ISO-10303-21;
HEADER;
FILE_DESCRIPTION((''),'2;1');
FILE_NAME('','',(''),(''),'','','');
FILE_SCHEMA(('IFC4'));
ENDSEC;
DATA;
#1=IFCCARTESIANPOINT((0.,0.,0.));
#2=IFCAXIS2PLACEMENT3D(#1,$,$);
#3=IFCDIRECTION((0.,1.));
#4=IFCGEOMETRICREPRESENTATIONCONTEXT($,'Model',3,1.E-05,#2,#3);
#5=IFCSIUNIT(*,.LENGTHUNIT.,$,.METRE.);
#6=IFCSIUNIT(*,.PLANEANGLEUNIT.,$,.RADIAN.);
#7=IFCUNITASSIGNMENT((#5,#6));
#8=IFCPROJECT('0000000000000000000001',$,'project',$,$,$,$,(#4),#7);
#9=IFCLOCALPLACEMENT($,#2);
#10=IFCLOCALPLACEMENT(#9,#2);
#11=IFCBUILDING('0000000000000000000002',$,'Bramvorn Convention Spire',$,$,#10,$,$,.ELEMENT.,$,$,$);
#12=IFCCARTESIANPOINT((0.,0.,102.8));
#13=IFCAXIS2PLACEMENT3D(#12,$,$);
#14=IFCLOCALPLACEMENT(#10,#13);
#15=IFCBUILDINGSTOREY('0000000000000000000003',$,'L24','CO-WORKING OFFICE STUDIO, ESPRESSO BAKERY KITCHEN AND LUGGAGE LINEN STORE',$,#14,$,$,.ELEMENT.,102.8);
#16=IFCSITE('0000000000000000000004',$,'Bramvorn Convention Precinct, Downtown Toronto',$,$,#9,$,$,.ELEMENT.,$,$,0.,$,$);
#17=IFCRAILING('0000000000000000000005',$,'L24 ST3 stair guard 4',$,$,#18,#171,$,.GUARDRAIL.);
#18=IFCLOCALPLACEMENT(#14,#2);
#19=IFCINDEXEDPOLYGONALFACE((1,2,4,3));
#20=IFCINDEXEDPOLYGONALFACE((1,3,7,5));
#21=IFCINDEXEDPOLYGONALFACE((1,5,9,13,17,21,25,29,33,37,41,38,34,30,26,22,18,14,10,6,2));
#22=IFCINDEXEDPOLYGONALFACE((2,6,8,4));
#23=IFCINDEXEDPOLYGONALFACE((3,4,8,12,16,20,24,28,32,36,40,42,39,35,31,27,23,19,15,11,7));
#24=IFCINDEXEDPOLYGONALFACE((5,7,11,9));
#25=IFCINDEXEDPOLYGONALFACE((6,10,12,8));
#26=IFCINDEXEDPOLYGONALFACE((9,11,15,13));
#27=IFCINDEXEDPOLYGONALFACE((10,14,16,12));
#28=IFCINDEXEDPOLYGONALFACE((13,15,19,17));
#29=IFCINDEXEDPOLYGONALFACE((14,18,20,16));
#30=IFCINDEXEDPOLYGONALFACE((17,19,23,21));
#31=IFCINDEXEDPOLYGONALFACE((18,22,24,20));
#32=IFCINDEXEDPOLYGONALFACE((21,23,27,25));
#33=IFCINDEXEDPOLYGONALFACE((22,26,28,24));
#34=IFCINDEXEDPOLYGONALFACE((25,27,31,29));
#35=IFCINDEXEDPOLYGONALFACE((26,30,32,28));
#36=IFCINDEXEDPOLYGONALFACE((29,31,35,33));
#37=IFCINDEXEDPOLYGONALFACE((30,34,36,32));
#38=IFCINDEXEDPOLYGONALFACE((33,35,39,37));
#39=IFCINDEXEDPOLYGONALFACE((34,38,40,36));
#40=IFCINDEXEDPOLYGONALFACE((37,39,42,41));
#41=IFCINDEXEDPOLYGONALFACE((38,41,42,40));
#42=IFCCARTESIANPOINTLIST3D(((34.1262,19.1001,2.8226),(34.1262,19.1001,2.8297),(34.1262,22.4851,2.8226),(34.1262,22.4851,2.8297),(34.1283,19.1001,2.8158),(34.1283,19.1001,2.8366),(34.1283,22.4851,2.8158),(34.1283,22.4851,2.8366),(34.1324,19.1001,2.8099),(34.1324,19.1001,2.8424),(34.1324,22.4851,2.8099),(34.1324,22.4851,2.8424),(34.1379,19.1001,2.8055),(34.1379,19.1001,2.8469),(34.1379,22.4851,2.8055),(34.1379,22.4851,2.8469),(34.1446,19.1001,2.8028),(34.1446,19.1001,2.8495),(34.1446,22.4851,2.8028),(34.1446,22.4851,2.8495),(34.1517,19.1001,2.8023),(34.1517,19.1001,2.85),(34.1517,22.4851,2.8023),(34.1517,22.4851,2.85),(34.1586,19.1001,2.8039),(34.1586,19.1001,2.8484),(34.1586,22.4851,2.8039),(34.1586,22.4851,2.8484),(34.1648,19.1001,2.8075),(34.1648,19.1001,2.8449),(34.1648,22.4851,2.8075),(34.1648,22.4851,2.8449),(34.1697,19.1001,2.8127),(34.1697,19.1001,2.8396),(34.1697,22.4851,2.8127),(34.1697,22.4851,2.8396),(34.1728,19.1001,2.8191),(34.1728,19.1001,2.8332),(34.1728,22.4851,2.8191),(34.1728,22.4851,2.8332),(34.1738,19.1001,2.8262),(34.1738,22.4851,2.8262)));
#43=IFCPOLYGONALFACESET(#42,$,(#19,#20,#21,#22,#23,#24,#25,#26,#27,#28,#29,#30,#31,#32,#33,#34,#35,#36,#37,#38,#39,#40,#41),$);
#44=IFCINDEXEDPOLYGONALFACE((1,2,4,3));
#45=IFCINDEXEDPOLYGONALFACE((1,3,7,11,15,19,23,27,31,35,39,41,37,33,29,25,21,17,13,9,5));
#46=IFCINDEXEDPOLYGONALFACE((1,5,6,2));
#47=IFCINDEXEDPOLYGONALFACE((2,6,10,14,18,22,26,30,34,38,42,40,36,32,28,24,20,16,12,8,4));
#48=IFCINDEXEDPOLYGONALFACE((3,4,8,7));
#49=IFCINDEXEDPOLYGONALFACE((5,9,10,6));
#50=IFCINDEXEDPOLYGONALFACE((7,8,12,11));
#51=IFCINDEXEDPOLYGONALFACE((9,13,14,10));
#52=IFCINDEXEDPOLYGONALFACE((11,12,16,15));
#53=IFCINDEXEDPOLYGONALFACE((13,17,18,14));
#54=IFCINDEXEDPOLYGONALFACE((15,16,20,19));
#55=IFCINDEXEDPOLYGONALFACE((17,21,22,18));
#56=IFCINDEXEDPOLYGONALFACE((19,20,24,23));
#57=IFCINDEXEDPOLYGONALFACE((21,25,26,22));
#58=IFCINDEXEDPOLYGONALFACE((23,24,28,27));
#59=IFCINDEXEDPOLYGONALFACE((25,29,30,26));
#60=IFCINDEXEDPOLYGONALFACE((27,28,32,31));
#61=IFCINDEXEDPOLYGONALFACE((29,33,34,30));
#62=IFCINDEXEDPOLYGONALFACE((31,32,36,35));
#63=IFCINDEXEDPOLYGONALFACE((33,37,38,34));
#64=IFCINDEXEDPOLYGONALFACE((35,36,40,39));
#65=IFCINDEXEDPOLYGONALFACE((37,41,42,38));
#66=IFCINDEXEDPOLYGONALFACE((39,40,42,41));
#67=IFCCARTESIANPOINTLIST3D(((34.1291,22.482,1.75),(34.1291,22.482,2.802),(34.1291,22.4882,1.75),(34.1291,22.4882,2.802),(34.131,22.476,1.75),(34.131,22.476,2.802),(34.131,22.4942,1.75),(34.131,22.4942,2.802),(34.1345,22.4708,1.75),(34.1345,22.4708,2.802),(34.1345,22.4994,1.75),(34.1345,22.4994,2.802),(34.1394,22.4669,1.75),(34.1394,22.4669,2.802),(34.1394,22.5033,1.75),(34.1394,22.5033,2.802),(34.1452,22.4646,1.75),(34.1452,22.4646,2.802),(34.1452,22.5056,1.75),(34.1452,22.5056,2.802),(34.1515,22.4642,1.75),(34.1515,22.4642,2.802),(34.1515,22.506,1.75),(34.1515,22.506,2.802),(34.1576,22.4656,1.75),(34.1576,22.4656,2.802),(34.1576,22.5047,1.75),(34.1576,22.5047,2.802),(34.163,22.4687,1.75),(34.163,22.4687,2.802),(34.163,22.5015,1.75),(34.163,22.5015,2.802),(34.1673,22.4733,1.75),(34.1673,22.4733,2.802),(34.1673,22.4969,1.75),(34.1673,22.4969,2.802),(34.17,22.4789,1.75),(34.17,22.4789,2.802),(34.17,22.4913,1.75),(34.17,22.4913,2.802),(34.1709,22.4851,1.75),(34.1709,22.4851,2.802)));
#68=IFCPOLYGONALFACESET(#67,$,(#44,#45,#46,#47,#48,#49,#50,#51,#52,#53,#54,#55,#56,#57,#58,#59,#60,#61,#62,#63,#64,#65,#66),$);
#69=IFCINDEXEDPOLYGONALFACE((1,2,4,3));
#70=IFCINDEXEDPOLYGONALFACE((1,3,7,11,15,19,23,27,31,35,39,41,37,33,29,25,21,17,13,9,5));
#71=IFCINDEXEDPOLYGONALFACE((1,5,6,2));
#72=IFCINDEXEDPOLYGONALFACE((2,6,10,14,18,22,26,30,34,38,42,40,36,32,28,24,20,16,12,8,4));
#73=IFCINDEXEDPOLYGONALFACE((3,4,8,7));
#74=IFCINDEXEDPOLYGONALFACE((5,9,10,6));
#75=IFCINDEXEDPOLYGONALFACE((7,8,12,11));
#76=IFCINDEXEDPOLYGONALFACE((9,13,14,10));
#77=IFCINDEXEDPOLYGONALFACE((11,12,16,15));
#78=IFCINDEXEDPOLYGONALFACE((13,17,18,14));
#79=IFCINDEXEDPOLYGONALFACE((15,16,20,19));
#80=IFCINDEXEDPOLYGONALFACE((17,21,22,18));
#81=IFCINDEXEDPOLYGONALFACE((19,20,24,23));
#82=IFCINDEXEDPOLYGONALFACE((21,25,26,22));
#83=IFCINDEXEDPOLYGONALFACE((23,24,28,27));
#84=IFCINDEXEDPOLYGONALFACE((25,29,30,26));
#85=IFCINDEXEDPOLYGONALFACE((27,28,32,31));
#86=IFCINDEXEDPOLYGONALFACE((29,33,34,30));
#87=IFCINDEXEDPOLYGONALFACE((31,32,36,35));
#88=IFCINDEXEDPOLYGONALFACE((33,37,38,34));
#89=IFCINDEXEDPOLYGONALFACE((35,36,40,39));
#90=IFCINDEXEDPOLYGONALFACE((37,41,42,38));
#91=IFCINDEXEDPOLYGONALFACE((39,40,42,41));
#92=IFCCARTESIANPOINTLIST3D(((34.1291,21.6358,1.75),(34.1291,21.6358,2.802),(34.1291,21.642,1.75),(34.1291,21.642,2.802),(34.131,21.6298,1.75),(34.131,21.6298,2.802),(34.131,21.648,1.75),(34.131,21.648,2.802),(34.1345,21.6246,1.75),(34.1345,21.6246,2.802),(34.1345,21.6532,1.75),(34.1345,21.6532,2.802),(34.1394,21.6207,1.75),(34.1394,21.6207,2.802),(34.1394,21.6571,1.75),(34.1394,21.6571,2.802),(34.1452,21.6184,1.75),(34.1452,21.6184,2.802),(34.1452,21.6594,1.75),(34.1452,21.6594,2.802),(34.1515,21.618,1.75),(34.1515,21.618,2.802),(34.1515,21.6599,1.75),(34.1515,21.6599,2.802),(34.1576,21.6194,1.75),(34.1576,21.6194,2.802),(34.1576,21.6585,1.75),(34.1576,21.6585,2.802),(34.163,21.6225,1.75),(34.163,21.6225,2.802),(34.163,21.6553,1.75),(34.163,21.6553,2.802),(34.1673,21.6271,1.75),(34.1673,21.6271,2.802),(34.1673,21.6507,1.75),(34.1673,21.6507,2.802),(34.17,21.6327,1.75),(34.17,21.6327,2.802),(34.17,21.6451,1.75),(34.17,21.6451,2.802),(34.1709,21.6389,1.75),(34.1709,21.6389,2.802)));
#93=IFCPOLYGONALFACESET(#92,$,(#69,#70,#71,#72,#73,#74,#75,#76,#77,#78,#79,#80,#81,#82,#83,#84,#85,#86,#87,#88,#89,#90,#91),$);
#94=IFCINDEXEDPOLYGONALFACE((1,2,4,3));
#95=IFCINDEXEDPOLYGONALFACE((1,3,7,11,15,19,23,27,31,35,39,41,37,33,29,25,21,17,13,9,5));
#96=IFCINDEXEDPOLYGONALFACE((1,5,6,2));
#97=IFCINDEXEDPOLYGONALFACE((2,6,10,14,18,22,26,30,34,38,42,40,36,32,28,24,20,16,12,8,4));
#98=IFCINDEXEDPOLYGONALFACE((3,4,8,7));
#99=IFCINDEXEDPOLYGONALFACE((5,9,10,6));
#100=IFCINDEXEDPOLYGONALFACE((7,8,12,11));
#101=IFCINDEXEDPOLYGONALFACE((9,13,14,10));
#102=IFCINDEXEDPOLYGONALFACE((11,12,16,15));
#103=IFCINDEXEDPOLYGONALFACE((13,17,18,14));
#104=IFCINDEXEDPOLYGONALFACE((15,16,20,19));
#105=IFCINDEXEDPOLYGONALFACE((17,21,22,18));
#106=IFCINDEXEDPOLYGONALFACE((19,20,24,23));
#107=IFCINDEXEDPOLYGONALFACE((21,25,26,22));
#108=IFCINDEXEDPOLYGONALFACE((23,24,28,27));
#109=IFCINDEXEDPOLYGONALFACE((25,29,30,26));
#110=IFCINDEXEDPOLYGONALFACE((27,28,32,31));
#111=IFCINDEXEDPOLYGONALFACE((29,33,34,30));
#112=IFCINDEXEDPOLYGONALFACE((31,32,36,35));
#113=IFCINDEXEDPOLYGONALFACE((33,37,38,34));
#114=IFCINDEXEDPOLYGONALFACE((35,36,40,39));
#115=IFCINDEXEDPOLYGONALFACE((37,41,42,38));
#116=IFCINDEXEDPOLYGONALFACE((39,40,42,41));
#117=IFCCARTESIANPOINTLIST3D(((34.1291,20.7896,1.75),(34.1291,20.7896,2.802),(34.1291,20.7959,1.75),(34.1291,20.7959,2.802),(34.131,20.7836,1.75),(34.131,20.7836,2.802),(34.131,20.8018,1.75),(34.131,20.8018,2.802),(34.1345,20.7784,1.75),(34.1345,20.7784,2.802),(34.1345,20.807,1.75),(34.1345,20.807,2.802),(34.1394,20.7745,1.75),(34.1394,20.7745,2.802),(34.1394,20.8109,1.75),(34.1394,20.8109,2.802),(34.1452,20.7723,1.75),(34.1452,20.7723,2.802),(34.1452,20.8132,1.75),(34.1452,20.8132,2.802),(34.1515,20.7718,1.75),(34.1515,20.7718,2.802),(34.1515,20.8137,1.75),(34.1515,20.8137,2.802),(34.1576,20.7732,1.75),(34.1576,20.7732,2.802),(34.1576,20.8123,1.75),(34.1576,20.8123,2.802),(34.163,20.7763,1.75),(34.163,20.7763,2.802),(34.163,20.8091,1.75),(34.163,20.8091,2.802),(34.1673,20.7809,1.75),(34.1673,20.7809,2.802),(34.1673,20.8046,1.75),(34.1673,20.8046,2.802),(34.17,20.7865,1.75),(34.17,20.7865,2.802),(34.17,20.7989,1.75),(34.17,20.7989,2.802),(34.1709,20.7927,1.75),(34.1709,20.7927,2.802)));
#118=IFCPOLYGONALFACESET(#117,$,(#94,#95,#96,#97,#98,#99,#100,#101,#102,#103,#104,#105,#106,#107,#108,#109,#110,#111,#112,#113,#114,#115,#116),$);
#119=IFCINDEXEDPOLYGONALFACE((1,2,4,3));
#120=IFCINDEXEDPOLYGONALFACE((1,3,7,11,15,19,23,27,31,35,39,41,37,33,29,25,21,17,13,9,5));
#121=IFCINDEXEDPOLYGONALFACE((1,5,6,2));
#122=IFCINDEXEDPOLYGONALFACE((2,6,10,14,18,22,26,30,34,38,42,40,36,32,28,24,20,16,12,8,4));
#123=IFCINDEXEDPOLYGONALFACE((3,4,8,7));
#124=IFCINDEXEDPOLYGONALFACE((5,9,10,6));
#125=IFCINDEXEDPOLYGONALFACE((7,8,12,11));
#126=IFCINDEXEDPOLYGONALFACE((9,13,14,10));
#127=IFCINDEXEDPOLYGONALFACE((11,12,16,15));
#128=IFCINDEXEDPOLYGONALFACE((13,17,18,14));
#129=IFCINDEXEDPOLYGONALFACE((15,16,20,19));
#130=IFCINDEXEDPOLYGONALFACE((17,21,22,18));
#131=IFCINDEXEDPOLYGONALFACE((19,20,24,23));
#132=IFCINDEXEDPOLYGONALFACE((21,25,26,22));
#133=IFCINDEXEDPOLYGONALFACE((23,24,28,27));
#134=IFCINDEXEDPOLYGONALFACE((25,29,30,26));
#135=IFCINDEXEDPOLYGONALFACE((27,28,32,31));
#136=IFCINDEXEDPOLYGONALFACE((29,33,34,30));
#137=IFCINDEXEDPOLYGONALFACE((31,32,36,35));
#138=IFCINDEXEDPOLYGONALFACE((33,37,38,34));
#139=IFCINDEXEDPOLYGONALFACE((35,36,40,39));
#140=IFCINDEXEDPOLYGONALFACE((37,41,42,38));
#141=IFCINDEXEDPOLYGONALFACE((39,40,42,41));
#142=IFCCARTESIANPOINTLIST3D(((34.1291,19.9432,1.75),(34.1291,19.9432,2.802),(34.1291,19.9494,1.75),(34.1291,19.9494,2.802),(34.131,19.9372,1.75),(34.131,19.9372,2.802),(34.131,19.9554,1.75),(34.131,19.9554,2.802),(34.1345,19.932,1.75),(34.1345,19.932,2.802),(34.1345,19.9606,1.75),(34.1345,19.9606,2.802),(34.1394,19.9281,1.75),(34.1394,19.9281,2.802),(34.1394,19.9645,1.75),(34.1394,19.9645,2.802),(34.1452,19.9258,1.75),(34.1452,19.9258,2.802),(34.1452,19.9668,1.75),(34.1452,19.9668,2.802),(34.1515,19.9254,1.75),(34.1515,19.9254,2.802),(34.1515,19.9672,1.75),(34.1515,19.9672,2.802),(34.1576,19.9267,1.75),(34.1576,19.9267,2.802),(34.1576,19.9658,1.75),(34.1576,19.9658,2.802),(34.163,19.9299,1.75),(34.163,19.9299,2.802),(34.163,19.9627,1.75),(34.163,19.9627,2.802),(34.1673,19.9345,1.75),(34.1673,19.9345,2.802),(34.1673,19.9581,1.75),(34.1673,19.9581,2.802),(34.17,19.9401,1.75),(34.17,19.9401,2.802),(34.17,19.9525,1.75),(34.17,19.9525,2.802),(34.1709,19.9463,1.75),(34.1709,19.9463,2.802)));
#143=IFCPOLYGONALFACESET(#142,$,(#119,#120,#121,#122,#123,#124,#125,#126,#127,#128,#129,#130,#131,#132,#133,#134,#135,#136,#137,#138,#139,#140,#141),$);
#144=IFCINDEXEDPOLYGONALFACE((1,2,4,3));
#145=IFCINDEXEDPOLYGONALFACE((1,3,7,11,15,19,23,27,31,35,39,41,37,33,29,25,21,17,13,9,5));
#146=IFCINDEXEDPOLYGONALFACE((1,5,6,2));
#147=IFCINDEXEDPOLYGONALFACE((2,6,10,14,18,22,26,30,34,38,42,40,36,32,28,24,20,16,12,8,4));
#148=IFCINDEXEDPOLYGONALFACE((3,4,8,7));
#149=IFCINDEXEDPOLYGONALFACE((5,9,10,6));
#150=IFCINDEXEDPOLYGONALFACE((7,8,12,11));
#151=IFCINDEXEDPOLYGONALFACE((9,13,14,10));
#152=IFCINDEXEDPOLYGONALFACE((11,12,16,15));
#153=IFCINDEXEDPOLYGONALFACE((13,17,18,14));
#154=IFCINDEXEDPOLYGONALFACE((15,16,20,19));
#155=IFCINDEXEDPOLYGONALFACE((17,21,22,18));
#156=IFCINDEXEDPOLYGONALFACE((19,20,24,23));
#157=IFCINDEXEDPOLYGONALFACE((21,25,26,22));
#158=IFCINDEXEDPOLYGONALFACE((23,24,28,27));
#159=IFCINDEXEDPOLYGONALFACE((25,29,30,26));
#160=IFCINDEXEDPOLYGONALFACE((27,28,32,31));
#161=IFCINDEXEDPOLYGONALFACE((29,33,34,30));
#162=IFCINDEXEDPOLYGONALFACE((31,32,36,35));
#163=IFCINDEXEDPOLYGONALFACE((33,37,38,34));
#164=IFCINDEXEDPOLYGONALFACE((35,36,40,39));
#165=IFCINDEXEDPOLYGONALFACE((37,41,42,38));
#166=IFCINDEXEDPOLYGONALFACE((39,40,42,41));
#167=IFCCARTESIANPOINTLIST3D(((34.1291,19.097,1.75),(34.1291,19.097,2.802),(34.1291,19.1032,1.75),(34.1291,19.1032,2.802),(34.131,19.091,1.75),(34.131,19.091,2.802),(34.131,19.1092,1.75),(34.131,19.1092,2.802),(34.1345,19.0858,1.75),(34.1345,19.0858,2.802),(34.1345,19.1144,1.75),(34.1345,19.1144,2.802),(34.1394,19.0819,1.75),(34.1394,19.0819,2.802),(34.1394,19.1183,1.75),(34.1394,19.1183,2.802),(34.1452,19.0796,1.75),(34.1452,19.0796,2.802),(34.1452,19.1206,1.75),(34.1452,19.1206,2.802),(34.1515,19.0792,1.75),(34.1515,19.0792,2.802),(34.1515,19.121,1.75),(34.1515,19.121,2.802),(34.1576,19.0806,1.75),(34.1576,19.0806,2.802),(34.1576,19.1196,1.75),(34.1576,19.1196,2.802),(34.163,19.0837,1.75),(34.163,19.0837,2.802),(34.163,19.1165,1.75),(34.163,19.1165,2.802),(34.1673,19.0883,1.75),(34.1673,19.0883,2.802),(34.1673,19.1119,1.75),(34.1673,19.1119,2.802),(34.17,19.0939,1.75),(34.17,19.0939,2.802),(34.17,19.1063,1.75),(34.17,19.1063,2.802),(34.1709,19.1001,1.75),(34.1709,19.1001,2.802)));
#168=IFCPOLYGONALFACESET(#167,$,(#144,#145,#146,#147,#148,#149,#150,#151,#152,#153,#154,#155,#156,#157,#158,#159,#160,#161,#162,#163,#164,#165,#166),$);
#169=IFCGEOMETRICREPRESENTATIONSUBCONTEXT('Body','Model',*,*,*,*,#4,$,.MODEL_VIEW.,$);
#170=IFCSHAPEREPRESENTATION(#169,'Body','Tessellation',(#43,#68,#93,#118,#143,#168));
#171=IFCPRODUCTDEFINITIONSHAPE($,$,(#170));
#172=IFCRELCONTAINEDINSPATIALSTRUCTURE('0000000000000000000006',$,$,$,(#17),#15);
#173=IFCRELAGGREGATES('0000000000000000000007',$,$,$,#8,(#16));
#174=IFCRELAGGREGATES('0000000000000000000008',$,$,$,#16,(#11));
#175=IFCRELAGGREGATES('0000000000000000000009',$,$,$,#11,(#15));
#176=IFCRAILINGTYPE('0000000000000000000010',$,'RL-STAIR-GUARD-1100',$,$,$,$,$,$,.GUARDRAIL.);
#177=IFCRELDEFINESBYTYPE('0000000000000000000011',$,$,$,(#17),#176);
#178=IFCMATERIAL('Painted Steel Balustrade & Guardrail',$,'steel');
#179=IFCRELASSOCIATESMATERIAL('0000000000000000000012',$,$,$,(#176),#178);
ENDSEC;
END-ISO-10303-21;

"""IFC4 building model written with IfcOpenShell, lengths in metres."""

from ifc_helpers import new_model, si_unit, direction, frame, origin, origin_2d, place, context, subcontext, project, spatial, circle, extrude, material, type_object, element, save


model = new_model("IFC4")

# Units and contexts
model_context = context("Model", 3, precision=1e-05, world=origin(), true_north=direction((0.0, 1.0)))
body_context = subcontext(model_context, "Body", "Model", "MODEL_VIEW")
ifc_project = project(units=[si_unit("LENGTHUNIT", "METRE"), si_unit("PLANEANGLEUNIT", "RADIAN")], contexts=[model_context])

# Site, building, storey
site_placement = place(None, origin())
site = spatial("IfcSite", under=ifc_project, at=site_placement, Name="Bramvorn Convention Precinct, Downtown Toronto", CompositionType="ELEMENT", RefElevation=0.0)
building_placement = place(site_placement, origin())
building = spatial("IfcBuilding", under=site, at=building_placement, Name="Bramvorn Convention Spire", CompositionType="ELEMENT")
storey_placement = place(building_placement, frame((0.0, 0.0, 102.8)))
storey = spatial("IfcBuildingStorey", under=building, at=storey_placement, Name="L24", Description="CO-WORKING OFFICE STUDIO, ESPRESSO BAKERY KITCHEN AND LUGGAGE LINEN STORE", CompositionType="ELEMENT", Elevation=102.8)

# Railing
ifc_material_1 = material(Name="Painted Steel Balustrade & Guardrail", Category="steel")
railing_type_1 = type_object("IfcRailingType", Name="RL-STAIR-GUARD-1100", PredefinedType="GUARDRAIL", material=ifc_material_1)
for number, where, name in (
    (1, (34.1499, 22.4851, 1.75), "L24 ST3 stair guard 4"),
):
    element("IfcRailing", number, at=place(storey_placement, frame(where)), inside=storey, type_object=railing_type_1, Name=name, PredefinedType="GUARDRAIL", context=body_context, shape_type="SweptSolid", body=[
        extrude(circle(Radius=0.0239, at=origin_2d()), frame((0.0, 0.0, 1.0762), z_axis=(0.0, -1.0, 0.0), x_axis=(1.0, 0.0, 0.0)), (0.0, 0.0, 1.0), 3.385),
        extrude(circle(Radius=0.021, at=origin_2d()), origin(), (0.0, 0.0, 1.0), 1.052),
        extrude(circle(Radius=0.021, at=origin_2d()), frame((0.0, -0.8462, 0.0)), (0.0, 0.0, 1.0), 1.052),
        extrude(circle(Radius=0.021, at=origin_2d()), frame((0.0, -1.6924, 0.0)), (0.0, 0.0, 1.0), 1.052),
        extrude(circle(Radius=0.021, at=origin_2d()), frame((0.0, -2.5388, 0.0)), (0.0, 0.0, 1.0), 1.052),
        extrude(circle(Radius=0.021, at=origin_2d()), frame((0.0, -3.385, 0.0)), (0.0, 0.0, 1.0), 1.052),
    ])

save(model, "model.ifc")
